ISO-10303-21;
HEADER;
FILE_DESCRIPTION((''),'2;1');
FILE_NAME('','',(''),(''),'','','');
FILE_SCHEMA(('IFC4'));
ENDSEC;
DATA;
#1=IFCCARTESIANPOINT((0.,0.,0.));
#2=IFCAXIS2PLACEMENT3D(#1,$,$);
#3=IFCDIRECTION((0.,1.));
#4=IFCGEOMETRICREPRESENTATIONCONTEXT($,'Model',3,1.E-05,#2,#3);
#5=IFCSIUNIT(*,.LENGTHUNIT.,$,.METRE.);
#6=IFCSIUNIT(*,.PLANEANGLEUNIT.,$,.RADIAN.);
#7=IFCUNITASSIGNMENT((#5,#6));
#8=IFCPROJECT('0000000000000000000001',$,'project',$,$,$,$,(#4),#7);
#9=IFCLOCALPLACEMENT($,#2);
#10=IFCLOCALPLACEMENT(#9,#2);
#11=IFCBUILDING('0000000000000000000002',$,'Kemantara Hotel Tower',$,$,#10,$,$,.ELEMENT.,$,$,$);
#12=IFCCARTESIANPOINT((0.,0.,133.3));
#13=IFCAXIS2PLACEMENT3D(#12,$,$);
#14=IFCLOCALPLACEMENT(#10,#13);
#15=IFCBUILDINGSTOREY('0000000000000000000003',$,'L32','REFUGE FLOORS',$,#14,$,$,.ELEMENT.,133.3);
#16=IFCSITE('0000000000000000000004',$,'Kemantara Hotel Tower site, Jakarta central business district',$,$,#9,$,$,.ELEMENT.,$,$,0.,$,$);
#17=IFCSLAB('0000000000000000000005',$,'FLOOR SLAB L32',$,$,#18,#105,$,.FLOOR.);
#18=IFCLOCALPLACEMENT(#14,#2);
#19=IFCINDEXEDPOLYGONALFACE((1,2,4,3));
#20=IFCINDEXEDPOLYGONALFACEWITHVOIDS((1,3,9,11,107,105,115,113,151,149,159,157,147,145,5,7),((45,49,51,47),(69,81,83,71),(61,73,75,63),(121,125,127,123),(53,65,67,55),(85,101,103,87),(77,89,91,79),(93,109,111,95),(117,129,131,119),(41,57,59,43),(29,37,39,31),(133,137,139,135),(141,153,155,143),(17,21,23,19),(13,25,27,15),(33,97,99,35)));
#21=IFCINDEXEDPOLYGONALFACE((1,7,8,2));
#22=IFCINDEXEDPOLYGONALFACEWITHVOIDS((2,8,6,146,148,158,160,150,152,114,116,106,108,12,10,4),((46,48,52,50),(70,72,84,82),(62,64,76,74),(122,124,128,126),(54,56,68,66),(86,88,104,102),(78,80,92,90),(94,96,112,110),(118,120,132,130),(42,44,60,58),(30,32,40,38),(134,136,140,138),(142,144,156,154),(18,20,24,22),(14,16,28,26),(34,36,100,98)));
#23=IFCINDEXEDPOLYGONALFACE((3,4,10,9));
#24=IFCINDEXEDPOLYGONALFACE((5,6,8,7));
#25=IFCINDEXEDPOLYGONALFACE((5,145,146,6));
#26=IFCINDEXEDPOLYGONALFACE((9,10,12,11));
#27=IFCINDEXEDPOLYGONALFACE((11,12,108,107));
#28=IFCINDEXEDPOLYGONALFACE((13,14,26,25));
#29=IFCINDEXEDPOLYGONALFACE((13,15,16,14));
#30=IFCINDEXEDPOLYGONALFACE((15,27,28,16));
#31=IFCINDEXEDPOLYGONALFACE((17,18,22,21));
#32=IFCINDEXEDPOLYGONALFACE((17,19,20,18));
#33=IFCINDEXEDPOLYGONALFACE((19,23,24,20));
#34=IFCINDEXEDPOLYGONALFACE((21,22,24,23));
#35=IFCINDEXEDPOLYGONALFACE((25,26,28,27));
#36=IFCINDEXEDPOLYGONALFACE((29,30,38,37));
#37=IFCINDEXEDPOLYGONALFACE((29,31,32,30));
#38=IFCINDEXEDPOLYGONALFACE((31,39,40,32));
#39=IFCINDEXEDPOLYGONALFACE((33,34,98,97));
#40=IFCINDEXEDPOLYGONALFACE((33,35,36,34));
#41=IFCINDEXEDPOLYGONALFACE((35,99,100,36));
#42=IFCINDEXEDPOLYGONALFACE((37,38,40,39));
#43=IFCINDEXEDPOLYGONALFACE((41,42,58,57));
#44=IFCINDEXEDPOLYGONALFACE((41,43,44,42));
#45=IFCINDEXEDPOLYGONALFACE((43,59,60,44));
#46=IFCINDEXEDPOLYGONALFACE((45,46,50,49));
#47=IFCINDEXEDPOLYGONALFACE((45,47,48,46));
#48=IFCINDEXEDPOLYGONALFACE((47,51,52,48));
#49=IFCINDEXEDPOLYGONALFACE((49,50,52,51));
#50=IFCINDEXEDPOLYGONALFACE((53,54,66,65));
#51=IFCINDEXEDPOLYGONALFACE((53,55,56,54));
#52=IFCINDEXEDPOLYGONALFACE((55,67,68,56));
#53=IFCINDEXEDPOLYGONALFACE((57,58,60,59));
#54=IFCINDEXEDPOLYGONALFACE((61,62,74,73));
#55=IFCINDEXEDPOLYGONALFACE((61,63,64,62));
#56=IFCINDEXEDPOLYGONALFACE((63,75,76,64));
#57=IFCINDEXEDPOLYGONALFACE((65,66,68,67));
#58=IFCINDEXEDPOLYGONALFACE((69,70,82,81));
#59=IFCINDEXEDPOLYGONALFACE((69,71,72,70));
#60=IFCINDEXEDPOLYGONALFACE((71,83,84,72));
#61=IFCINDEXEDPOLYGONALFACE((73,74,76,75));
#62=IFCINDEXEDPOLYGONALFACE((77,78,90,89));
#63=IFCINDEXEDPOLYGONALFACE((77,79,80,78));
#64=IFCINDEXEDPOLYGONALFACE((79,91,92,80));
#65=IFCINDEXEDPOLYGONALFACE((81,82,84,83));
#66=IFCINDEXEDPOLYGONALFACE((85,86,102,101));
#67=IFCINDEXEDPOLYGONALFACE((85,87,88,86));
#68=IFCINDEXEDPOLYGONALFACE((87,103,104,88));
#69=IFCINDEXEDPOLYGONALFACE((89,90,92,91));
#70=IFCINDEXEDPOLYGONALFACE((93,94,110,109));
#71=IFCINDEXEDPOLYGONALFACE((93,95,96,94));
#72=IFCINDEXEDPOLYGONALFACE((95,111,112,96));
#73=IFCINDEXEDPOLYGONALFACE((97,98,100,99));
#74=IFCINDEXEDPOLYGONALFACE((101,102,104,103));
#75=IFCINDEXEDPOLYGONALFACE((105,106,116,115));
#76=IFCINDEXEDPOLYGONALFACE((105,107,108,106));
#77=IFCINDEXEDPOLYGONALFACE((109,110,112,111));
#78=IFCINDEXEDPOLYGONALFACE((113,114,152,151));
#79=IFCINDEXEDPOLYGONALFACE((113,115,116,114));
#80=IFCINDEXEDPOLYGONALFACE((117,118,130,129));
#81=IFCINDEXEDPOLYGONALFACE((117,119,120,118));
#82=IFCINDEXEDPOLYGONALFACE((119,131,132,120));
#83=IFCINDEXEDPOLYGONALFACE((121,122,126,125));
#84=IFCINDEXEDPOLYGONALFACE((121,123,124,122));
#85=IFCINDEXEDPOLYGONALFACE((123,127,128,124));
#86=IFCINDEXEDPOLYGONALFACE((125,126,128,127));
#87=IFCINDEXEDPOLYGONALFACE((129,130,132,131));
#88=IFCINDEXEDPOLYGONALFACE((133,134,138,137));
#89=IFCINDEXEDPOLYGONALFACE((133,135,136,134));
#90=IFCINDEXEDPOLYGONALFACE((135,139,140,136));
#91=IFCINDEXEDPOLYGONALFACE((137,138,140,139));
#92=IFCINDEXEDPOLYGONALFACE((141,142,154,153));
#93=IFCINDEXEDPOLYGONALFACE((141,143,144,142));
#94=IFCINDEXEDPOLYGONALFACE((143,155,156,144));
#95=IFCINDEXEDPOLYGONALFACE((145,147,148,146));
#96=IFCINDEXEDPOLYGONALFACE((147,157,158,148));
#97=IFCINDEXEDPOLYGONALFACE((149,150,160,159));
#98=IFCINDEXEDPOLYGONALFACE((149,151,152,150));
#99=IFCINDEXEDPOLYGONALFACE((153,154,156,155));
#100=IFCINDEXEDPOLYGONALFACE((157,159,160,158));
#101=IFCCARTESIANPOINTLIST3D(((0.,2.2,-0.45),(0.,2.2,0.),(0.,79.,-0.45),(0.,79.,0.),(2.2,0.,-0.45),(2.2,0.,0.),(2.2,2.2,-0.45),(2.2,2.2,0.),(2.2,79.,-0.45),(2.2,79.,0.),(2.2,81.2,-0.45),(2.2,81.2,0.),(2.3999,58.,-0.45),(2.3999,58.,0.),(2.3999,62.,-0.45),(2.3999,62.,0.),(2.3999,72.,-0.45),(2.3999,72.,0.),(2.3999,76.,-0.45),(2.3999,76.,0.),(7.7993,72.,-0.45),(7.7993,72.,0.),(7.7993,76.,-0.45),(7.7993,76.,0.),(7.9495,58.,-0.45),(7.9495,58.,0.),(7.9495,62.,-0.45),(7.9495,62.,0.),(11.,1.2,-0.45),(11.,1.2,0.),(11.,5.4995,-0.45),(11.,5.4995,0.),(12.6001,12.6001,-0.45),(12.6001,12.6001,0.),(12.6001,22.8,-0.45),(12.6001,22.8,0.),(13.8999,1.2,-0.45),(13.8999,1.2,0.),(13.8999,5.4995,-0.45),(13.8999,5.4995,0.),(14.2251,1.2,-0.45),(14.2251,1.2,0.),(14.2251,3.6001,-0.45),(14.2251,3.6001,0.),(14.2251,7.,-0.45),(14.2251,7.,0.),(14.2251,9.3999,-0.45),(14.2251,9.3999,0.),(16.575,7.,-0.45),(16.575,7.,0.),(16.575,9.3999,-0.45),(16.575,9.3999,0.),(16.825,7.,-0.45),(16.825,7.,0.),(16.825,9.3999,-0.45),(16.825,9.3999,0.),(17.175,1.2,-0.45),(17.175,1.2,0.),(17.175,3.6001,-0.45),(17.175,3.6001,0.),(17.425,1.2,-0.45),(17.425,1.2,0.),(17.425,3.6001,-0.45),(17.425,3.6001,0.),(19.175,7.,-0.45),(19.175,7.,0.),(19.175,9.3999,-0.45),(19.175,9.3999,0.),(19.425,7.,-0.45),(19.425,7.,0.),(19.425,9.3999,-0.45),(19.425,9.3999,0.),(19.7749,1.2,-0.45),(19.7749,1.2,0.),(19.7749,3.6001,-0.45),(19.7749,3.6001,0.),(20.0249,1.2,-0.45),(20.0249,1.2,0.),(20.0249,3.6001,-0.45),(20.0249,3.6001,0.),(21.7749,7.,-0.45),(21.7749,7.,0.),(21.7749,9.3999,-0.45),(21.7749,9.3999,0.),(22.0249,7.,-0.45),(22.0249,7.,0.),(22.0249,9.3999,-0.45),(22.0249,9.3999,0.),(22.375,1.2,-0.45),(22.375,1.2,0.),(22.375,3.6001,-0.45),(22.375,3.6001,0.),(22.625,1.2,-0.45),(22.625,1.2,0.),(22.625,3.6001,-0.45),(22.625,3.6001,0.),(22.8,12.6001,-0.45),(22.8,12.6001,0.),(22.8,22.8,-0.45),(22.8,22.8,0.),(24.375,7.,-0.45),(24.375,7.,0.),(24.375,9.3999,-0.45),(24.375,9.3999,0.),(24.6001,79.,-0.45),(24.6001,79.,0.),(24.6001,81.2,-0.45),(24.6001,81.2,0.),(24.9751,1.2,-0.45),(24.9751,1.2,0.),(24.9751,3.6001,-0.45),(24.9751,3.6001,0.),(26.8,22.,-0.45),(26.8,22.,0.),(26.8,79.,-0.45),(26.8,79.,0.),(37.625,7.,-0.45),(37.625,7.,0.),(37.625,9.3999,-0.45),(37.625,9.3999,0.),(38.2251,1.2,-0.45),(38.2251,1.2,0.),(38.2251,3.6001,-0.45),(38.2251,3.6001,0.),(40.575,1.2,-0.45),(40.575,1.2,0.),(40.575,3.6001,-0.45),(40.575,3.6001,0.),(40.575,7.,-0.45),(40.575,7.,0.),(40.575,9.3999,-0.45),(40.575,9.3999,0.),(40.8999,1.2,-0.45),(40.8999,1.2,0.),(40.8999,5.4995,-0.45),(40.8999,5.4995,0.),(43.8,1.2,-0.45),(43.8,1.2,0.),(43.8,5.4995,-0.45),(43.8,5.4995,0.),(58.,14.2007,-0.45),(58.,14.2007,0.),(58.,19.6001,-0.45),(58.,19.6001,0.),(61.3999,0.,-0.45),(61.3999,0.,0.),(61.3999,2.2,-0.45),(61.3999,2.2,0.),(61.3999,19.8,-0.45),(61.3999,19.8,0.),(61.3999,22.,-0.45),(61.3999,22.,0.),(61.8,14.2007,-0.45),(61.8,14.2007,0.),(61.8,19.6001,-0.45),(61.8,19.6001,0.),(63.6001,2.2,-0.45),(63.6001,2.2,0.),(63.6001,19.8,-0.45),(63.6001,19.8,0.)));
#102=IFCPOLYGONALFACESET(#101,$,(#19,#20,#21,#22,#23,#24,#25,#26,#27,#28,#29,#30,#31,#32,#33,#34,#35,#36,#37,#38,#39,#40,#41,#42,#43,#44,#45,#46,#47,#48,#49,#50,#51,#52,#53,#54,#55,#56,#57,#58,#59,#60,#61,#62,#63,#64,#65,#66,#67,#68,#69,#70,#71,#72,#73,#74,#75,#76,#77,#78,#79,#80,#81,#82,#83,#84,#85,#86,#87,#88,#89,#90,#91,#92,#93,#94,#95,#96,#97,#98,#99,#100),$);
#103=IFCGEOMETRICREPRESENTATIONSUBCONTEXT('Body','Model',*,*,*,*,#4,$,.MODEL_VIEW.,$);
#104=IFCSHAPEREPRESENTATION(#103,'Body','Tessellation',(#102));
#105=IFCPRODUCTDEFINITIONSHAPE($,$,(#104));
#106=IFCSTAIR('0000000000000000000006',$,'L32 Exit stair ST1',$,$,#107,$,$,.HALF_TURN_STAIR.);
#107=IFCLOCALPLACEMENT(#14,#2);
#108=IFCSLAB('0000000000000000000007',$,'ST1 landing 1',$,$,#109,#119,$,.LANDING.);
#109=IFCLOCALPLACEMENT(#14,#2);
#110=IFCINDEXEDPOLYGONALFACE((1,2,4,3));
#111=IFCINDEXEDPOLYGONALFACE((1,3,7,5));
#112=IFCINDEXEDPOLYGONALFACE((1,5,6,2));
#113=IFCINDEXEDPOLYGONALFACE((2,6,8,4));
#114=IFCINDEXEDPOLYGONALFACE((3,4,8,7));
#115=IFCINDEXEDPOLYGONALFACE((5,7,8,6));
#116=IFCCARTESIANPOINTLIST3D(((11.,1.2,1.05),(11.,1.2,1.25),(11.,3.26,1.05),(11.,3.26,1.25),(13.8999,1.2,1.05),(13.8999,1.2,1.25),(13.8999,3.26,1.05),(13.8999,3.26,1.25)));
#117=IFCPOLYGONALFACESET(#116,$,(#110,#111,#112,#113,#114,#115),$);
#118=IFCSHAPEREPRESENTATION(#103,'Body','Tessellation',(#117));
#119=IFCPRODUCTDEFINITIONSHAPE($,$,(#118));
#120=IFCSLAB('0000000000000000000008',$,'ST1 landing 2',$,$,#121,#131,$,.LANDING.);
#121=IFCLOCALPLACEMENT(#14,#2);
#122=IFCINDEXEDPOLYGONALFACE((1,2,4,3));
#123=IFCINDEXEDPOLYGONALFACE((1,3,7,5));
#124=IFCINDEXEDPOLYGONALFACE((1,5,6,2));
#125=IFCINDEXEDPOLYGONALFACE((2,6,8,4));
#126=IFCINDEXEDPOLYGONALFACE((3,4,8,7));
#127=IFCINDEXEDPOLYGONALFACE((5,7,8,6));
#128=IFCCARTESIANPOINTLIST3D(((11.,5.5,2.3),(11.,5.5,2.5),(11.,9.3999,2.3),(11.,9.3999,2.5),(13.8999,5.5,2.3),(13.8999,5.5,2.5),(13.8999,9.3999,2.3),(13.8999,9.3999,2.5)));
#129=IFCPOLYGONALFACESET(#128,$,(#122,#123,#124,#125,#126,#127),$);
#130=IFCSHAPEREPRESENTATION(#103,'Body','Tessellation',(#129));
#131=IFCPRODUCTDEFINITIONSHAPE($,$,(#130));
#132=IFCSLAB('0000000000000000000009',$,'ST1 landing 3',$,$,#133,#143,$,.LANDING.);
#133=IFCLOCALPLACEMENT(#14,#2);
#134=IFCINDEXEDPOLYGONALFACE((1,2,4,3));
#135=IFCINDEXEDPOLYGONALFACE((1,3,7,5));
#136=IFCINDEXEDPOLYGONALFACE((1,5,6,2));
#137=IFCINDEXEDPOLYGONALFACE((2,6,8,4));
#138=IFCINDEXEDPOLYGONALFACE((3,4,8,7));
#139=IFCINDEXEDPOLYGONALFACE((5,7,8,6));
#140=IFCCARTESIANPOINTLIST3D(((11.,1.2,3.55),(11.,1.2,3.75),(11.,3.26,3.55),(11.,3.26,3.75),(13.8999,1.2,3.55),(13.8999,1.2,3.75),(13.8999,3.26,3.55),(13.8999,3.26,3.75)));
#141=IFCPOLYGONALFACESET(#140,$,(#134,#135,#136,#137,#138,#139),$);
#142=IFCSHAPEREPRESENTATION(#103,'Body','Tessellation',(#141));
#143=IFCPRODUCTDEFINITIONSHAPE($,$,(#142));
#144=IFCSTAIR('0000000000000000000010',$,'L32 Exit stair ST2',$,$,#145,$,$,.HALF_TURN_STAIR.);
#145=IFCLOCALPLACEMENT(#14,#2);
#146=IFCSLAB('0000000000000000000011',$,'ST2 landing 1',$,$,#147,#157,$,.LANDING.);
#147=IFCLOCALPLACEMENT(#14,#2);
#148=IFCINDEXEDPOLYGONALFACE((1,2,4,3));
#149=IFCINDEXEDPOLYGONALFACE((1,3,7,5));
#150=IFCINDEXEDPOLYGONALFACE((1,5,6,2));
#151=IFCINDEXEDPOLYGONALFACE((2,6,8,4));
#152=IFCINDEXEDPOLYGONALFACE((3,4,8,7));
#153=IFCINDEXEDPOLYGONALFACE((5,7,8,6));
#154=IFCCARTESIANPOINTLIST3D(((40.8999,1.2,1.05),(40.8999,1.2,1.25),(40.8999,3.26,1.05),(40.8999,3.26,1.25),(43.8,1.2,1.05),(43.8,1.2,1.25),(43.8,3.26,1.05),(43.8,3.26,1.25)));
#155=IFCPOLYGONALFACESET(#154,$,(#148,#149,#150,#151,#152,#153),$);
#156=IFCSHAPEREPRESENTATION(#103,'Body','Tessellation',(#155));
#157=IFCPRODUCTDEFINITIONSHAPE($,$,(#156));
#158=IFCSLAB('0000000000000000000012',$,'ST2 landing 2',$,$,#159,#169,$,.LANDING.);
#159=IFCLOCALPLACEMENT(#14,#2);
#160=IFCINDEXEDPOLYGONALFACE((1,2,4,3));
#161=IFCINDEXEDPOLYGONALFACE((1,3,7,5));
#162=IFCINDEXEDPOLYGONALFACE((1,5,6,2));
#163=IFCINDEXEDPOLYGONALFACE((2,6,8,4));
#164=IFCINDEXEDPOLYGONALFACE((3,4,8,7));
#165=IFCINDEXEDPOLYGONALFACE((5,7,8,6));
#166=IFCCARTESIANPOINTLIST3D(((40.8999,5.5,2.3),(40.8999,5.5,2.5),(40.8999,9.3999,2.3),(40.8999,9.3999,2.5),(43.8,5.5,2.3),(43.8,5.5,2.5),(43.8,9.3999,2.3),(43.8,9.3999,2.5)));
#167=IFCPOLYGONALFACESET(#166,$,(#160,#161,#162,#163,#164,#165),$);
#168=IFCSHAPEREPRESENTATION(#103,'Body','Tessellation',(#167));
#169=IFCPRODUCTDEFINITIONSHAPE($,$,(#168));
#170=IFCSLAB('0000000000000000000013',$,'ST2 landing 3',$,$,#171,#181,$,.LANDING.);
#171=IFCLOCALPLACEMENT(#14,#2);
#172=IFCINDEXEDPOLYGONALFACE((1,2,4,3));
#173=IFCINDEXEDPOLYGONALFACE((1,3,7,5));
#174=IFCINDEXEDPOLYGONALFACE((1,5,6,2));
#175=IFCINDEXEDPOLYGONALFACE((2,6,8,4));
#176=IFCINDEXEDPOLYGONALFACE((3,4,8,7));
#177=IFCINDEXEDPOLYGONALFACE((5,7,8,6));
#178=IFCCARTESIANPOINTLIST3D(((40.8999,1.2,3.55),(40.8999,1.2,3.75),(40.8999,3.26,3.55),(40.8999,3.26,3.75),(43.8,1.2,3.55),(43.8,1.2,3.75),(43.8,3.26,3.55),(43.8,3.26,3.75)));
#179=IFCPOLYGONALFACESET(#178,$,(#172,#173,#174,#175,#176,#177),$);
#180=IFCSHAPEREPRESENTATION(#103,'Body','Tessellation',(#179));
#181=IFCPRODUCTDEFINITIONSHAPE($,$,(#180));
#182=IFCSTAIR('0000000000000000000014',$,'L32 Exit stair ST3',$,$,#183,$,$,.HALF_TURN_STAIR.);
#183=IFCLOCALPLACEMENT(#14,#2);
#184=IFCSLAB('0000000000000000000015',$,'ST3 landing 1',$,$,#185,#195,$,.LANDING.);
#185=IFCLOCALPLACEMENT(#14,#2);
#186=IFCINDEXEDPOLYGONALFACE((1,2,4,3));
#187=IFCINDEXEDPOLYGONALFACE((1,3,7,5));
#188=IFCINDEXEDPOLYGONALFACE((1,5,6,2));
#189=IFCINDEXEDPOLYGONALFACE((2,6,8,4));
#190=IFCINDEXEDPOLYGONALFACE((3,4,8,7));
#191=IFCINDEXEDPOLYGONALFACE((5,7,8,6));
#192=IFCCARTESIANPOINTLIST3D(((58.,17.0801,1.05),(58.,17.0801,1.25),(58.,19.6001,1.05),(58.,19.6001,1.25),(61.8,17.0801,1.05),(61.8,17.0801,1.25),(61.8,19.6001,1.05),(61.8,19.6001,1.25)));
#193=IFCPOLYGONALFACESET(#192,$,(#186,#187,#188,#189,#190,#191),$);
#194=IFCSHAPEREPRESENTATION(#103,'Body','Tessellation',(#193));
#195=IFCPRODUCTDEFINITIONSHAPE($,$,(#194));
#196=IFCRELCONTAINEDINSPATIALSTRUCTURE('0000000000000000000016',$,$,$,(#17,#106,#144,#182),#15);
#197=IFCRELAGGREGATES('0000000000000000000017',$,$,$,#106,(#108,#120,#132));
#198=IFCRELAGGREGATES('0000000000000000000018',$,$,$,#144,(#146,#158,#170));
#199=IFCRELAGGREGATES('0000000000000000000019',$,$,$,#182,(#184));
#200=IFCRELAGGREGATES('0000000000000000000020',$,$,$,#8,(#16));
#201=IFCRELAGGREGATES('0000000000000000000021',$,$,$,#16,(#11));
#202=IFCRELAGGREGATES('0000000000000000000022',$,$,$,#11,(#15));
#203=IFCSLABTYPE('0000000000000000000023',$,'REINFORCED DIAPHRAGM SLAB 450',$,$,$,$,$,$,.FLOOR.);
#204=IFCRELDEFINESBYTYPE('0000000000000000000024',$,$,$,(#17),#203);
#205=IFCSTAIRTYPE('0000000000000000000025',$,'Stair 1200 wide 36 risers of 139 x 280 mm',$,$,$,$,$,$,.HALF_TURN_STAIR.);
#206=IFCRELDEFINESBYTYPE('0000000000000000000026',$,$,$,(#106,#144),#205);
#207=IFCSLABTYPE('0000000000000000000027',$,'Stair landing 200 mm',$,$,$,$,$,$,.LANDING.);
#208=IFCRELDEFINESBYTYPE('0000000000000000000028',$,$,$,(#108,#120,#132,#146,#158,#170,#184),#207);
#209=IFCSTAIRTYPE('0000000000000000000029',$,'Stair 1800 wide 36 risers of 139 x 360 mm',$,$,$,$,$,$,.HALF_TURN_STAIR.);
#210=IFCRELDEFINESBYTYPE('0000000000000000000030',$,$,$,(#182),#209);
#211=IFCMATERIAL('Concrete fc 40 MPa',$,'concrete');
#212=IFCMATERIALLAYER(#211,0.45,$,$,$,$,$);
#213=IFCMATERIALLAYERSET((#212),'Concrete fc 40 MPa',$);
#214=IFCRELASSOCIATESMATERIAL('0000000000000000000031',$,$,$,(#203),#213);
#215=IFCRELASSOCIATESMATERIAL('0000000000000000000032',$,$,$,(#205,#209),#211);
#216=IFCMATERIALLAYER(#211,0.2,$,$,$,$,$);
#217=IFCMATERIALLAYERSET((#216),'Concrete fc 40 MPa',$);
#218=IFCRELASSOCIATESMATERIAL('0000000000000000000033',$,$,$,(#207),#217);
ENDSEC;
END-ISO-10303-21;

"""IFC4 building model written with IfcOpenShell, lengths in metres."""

from ifc_helpers import new_model, si_unit, direction, frame, origin, place, context, subcontext, project, spatial, polyline, outline, extrude, material, layer, layer_set, type_object, element, aggregate, save


model = new_model("IFC4")

# Units and contexts
model_context = context("Model", 3, precision=1e-05, world=origin(), true_north=direction((0.0, 1.0)))
body_context = subcontext(model_context, "Body", "Model", "MODEL_VIEW")
ifc_project = project(units=[si_unit("LENGTHUNIT", "METRE"), si_unit("PLANEANGLEUNIT", "RADIAN")], contexts=[model_context])

# Site, building, storey
site_placement = place(None, origin())
site = spatial("IfcSite", under=ifc_project, at=site_placement, Name="Kemantara Hotel Tower site, Jakarta central business district", CompositionType="ELEMENT", RefElevation=0.0)
building_placement = place(site_placement, origin())
building = spatial("IfcBuilding", under=site, at=building_placement, Name="Kemantara Hotel Tower", CompositionType="ELEMENT")
storey_placement = place(building_placement, frame((0.0, 0.0, 133.3)))
storey = spatial("IfcBuildingStorey", under=building, at=storey_placement, Name="L32", Description="REFUGE FLOORS", CompositionType="ELEMENT", Elevation=133.3)

# Slab
ifc_material_1 = material(Name="Concrete fc 40 MPa", Category="concrete")
ifc_layer_1 = layer(ifc_material_1, 0.45)
ifc_layer_set_1 = layer_set([ifc_layer_1], Name="Concrete fc 40 MPa")
slab_type_1 = type_object("IfcSlabType", Name="REINFORCED DIAPHRAGM SLAB 450", PredefinedType="FLOOR", material=ifc_layer_set_1)
slab_1_placement = place(storey_placement, frame((0.0, 0.0, -0.45)))
element("IfcSlab", 1, at=slab_1_placement, inside=storey, type_object=slab_type_1, Name="FLOOR SLAB L32", PredefinedType="FLOOR", context=body_context, shape_type="SweptSolid", body=[
    extrude(outline(polyline([(26.8, 79.0), (24.6001, 79.0), (24.6001, 81.2), (2.2, 81.2), (2.2, 79.0), (0.0, 79.0), (0.0, 2.2), (2.2, 2.2), (2.2, 0.0), (61.3999, 0.0), (61.3999, 2.2), (63.6001, 2.2), (63.6001, 19.8), (61.3999, 19.8), (61.3999, 22.0), (26.8, 22.0), (26.8, 79.0)]), holes=[polyline([(17.175, 1.2), (14.2251, 1.2), (14.2251, 3.6001), (17.175, 3.6001), (17.175, 1.2)]), polyline([(19.7749, 1.2), (17.425, 1.2), (17.425, 3.6001), (19.7749, 3.6001), (19.7749, 1.2)]), polyline([(11.0, 1.2), (11.0, 5.4995), (13.8999, 5.4995), (13.8999, 1.2), (11.0, 1.2)]), polyline([(16.575, 7.0), (14.2251, 7.0), (14.2251, 9.3999), (16.575, 9.3999), (16.575, 7.0)]), polyline([(19.175, 7.0), (16.825, 7.0), (16.825, 9.3999), (19.175, 9.3999), (19.175, 7.0)]), polyline([(22.8, 12.6001), (12.6001, 12.6001), (12.6001, 22.8), (22.8, 22.8), (22.8, 12.6001)]), polyline([(2.3999, 62.0), (7.9495, 62.0), (7.9495, 58.0), (2.3999, 58.0), (2.3999, 62.0)]), polyline([(2.3999, 76.0), (7.7993, 76.0), (7.7993, 72.0), (2.3999, 72.0), (2.3999, 76.0)]), polyline([(22.375, 1.2), (20.0249, 1.2), (20.0249, 3.6001), (22.375, 3.6001), (22.375, 1.2)]), polyline([(24.9751, 1.2), (22.625, 1.2), (22.625, 3.6001), (24.9751, 3.6001), (24.9751, 1.2)]), polyline([(40.575, 1.2), (38.2251, 1.2), (38.2251, 3.6001), (40.575, 3.6001), (40.575, 1.2)]), polyline([(40.8999, 1.2), (40.8999, 5.4995), (43.8, 5.4995), (43.8, 1.2), (40.8999, 1.2)]), polyline([(21.7749, 7.0), (19.425, 7.0), (19.425, 9.3999), (21.7749, 9.3999), (21.7749, 7.0)]), polyline([(24.375, 7.0), (22.0249, 7.0), (22.0249, 9.3999), (24.375, 9.3999), (24.375, 7.0)]), polyline([(40.575, 7.0), (37.625, 7.0), (37.625, 9.3999), (40.575, 9.3999), (40.575, 7.0)]), polyline([(61.8, 19.6001), (61.8, 14.2007), (58.0, 14.2007), (58.0, 19.6001), (61.8, 19.6001)])]), origin(), (0.0, 0.0, 1.0), 0.45),
])

# Stairs, slabs
stair_type_1 = type_object("IfcStairType", Name="Stair 1200 wide 36 risers of 139 x 280 mm", PredefinedType="HALF_TURN_STAIR", material=ifc_material_1)
stair_1_placement = place(storey_placement, origin())
stair_1 = element("IfcStair", 2, at=stair_1_placement, inside=storey, type_object=stair_type_1, Name="L32 Exit stair ST1", PredefinedType="HALF_TURN_STAIR")
ifc_layer_2 = layer(ifc_material_1, 0.2)
ifc_layer_set_2 = layer_set([ifc_layer_2], Name="Concrete fc 40 MPa")
slab_type_2 = type_object("IfcSlabType", Name="Stair landing 200 mm", PredefinedType="LANDING", material=ifc_layer_set_2)
slab_2_placement = place(storey_placement, frame((0.0, 0.0, 1.05)))
slab_2 = element("IfcSlab", 3, at=slab_2_placement, type_object=slab_type_2, Name="ST1 landing 1", PredefinedType="LANDING", context=body_context, shape_type="SweptSolid", body=[
    extrude(outline(polyline([(11.0, 3.26), (11.0, 1.2), (13.8999, 1.2), (13.8999, 3.26), (11.0, 3.26)])), origin(), (0.0, 0.0, 1.0), 0.2),
])
slab_3_placement = place(storey_placement, frame((0.0, 0.0, 2.3)))
slab_3 = element("IfcSlab", 4, at=slab_3_placement, type_object=slab_type_2, Name="ST1 landing 2", PredefinedType="LANDING", context=body_context, shape_type="SweptSolid", body=[
    extrude(outline(polyline([(11.0, 9.3999), (11.0, 5.5), (13.8999, 5.5), (13.8999, 9.3999), (11.0, 9.3999)])), origin(), (0.0, 0.0, 1.0), 0.2),
])
slab_4_placement = place(storey_placement, frame((0.0, 0.0, 3.55)))
slab_4 = element("IfcSlab", 5, at=slab_4_placement, type_object=slab_type_2, Name="ST1 landing 3", PredefinedType="LANDING", context=body_context, shape_type="SweptSolid", body=[
    extrude(outline(polyline([(11.0, 3.26), (11.0, 1.2), (13.8999, 1.2), (13.8999, 3.26), (11.0, 3.26)])), origin(), (0.0, 0.0, 1.0), 0.2),
])
aggregate(stair_1, [slab_2, slab_3, slab_4])
stair_2_placement = place(storey_placement, origin())
stair_2 = element("IfcStair", 6, at=stair_2_placement, inside=storey, type_object=stair_type_1, Name="L32 Exit stair ST2", PredefinedType="HALF_TURN_STAIR")
slab_5_placement = place(storey_placement, frame((0.0, 0.0, 1.05)))
slab_5 = element("IfcSlab", 7, at=slab_5_placement, type_object=slab_type_2, Name="ST2 landing 1", PredefinedType="LANDING", context=body_context, shape_type="SweptSolid", body=[
    extrude(outline(polyline([(40.8999, 3.26), (40.8999, 1.2), (43.8, 1.2), (43.8, 3.26), (40.8999, 3.26)])), origin(), (0.0, 0.0, 1.0), 0.2),
])
slab_6_placement = place(storey_placement, frame((0.0, 0.0, 2.3)))
slab_6 = element("IfcSlab", 8, at=slab_6_placement, type_object=slab_type_2, Name="ST2 landing 2", PredefinedType="LANDING", context=body_context, shape_type="SweptSolid", body=[
    extrude(outline(polyline([(40.8999, 9.3999), (40.8999, 5.5), (43.8, 5.5), (43.8, 9.3999), (40.8999, 9.3999)])), origin(), (0.0, 0.0, 1.0), 0.2),
])
slab_7_placement = place(storey_placement, frame((0.0, 0.0, 3.55)))
slab_7 = element("IfcSlab", 9, at=slab_7_placement, type_object=slab_type_2, Name="ST2 landing 3", PredefinedType="LANDING", context=body_context, shape_type="SweptSolid", body=[
    extrude(outline(polyline([(40.8999, 3.26), (40.8999, 1.2), (43.8, 1.2), (43.8, 3.26), (40.8999, 3.26)])), origin(), (0.0, 0.0, 1.0), 0.2),
])
aggregate(stair_2, [slab_5, slab_6, slab_7])
stair_type_2 = type_object("IfcStairType", Name="Stair 1800 wide 36 risers of 139 x 360 mm", PredefinedType="HALF_TURN_STAIR", material=ifc_material_1)
stair_3_placement = place(storey_placement, origin())
stair_3 = element("IfcStair", 10, at=stair_3_placement, inside=storey, type_object=stair_type_2, Name="L32 Exit stair ST3", PredefinedType="HALF_TURN_STAIR")
slab_8_placement = place(storey_placement, frame((0.0, 0.0, 1.05)))
slab_8 = element("IfcSlab", 11, at=slab_8_placement, type_object=slab_type_2, Name="ST3 landing 1", PredefinedType="LANDING", context=body_context, shape_type="SweptSolid", body=[
    extrude(outline(polyline([(61.8, 17.0801), (61.8, 19.6001), (58.0, 19.6001), (58.0, 17.0801), (61.8, 17.0801)])), origin(), (0.0, 0.0, 1.0), 0.2),
])
aggregate(stair_3, [slab_8])

save(model, "model.ifc")
